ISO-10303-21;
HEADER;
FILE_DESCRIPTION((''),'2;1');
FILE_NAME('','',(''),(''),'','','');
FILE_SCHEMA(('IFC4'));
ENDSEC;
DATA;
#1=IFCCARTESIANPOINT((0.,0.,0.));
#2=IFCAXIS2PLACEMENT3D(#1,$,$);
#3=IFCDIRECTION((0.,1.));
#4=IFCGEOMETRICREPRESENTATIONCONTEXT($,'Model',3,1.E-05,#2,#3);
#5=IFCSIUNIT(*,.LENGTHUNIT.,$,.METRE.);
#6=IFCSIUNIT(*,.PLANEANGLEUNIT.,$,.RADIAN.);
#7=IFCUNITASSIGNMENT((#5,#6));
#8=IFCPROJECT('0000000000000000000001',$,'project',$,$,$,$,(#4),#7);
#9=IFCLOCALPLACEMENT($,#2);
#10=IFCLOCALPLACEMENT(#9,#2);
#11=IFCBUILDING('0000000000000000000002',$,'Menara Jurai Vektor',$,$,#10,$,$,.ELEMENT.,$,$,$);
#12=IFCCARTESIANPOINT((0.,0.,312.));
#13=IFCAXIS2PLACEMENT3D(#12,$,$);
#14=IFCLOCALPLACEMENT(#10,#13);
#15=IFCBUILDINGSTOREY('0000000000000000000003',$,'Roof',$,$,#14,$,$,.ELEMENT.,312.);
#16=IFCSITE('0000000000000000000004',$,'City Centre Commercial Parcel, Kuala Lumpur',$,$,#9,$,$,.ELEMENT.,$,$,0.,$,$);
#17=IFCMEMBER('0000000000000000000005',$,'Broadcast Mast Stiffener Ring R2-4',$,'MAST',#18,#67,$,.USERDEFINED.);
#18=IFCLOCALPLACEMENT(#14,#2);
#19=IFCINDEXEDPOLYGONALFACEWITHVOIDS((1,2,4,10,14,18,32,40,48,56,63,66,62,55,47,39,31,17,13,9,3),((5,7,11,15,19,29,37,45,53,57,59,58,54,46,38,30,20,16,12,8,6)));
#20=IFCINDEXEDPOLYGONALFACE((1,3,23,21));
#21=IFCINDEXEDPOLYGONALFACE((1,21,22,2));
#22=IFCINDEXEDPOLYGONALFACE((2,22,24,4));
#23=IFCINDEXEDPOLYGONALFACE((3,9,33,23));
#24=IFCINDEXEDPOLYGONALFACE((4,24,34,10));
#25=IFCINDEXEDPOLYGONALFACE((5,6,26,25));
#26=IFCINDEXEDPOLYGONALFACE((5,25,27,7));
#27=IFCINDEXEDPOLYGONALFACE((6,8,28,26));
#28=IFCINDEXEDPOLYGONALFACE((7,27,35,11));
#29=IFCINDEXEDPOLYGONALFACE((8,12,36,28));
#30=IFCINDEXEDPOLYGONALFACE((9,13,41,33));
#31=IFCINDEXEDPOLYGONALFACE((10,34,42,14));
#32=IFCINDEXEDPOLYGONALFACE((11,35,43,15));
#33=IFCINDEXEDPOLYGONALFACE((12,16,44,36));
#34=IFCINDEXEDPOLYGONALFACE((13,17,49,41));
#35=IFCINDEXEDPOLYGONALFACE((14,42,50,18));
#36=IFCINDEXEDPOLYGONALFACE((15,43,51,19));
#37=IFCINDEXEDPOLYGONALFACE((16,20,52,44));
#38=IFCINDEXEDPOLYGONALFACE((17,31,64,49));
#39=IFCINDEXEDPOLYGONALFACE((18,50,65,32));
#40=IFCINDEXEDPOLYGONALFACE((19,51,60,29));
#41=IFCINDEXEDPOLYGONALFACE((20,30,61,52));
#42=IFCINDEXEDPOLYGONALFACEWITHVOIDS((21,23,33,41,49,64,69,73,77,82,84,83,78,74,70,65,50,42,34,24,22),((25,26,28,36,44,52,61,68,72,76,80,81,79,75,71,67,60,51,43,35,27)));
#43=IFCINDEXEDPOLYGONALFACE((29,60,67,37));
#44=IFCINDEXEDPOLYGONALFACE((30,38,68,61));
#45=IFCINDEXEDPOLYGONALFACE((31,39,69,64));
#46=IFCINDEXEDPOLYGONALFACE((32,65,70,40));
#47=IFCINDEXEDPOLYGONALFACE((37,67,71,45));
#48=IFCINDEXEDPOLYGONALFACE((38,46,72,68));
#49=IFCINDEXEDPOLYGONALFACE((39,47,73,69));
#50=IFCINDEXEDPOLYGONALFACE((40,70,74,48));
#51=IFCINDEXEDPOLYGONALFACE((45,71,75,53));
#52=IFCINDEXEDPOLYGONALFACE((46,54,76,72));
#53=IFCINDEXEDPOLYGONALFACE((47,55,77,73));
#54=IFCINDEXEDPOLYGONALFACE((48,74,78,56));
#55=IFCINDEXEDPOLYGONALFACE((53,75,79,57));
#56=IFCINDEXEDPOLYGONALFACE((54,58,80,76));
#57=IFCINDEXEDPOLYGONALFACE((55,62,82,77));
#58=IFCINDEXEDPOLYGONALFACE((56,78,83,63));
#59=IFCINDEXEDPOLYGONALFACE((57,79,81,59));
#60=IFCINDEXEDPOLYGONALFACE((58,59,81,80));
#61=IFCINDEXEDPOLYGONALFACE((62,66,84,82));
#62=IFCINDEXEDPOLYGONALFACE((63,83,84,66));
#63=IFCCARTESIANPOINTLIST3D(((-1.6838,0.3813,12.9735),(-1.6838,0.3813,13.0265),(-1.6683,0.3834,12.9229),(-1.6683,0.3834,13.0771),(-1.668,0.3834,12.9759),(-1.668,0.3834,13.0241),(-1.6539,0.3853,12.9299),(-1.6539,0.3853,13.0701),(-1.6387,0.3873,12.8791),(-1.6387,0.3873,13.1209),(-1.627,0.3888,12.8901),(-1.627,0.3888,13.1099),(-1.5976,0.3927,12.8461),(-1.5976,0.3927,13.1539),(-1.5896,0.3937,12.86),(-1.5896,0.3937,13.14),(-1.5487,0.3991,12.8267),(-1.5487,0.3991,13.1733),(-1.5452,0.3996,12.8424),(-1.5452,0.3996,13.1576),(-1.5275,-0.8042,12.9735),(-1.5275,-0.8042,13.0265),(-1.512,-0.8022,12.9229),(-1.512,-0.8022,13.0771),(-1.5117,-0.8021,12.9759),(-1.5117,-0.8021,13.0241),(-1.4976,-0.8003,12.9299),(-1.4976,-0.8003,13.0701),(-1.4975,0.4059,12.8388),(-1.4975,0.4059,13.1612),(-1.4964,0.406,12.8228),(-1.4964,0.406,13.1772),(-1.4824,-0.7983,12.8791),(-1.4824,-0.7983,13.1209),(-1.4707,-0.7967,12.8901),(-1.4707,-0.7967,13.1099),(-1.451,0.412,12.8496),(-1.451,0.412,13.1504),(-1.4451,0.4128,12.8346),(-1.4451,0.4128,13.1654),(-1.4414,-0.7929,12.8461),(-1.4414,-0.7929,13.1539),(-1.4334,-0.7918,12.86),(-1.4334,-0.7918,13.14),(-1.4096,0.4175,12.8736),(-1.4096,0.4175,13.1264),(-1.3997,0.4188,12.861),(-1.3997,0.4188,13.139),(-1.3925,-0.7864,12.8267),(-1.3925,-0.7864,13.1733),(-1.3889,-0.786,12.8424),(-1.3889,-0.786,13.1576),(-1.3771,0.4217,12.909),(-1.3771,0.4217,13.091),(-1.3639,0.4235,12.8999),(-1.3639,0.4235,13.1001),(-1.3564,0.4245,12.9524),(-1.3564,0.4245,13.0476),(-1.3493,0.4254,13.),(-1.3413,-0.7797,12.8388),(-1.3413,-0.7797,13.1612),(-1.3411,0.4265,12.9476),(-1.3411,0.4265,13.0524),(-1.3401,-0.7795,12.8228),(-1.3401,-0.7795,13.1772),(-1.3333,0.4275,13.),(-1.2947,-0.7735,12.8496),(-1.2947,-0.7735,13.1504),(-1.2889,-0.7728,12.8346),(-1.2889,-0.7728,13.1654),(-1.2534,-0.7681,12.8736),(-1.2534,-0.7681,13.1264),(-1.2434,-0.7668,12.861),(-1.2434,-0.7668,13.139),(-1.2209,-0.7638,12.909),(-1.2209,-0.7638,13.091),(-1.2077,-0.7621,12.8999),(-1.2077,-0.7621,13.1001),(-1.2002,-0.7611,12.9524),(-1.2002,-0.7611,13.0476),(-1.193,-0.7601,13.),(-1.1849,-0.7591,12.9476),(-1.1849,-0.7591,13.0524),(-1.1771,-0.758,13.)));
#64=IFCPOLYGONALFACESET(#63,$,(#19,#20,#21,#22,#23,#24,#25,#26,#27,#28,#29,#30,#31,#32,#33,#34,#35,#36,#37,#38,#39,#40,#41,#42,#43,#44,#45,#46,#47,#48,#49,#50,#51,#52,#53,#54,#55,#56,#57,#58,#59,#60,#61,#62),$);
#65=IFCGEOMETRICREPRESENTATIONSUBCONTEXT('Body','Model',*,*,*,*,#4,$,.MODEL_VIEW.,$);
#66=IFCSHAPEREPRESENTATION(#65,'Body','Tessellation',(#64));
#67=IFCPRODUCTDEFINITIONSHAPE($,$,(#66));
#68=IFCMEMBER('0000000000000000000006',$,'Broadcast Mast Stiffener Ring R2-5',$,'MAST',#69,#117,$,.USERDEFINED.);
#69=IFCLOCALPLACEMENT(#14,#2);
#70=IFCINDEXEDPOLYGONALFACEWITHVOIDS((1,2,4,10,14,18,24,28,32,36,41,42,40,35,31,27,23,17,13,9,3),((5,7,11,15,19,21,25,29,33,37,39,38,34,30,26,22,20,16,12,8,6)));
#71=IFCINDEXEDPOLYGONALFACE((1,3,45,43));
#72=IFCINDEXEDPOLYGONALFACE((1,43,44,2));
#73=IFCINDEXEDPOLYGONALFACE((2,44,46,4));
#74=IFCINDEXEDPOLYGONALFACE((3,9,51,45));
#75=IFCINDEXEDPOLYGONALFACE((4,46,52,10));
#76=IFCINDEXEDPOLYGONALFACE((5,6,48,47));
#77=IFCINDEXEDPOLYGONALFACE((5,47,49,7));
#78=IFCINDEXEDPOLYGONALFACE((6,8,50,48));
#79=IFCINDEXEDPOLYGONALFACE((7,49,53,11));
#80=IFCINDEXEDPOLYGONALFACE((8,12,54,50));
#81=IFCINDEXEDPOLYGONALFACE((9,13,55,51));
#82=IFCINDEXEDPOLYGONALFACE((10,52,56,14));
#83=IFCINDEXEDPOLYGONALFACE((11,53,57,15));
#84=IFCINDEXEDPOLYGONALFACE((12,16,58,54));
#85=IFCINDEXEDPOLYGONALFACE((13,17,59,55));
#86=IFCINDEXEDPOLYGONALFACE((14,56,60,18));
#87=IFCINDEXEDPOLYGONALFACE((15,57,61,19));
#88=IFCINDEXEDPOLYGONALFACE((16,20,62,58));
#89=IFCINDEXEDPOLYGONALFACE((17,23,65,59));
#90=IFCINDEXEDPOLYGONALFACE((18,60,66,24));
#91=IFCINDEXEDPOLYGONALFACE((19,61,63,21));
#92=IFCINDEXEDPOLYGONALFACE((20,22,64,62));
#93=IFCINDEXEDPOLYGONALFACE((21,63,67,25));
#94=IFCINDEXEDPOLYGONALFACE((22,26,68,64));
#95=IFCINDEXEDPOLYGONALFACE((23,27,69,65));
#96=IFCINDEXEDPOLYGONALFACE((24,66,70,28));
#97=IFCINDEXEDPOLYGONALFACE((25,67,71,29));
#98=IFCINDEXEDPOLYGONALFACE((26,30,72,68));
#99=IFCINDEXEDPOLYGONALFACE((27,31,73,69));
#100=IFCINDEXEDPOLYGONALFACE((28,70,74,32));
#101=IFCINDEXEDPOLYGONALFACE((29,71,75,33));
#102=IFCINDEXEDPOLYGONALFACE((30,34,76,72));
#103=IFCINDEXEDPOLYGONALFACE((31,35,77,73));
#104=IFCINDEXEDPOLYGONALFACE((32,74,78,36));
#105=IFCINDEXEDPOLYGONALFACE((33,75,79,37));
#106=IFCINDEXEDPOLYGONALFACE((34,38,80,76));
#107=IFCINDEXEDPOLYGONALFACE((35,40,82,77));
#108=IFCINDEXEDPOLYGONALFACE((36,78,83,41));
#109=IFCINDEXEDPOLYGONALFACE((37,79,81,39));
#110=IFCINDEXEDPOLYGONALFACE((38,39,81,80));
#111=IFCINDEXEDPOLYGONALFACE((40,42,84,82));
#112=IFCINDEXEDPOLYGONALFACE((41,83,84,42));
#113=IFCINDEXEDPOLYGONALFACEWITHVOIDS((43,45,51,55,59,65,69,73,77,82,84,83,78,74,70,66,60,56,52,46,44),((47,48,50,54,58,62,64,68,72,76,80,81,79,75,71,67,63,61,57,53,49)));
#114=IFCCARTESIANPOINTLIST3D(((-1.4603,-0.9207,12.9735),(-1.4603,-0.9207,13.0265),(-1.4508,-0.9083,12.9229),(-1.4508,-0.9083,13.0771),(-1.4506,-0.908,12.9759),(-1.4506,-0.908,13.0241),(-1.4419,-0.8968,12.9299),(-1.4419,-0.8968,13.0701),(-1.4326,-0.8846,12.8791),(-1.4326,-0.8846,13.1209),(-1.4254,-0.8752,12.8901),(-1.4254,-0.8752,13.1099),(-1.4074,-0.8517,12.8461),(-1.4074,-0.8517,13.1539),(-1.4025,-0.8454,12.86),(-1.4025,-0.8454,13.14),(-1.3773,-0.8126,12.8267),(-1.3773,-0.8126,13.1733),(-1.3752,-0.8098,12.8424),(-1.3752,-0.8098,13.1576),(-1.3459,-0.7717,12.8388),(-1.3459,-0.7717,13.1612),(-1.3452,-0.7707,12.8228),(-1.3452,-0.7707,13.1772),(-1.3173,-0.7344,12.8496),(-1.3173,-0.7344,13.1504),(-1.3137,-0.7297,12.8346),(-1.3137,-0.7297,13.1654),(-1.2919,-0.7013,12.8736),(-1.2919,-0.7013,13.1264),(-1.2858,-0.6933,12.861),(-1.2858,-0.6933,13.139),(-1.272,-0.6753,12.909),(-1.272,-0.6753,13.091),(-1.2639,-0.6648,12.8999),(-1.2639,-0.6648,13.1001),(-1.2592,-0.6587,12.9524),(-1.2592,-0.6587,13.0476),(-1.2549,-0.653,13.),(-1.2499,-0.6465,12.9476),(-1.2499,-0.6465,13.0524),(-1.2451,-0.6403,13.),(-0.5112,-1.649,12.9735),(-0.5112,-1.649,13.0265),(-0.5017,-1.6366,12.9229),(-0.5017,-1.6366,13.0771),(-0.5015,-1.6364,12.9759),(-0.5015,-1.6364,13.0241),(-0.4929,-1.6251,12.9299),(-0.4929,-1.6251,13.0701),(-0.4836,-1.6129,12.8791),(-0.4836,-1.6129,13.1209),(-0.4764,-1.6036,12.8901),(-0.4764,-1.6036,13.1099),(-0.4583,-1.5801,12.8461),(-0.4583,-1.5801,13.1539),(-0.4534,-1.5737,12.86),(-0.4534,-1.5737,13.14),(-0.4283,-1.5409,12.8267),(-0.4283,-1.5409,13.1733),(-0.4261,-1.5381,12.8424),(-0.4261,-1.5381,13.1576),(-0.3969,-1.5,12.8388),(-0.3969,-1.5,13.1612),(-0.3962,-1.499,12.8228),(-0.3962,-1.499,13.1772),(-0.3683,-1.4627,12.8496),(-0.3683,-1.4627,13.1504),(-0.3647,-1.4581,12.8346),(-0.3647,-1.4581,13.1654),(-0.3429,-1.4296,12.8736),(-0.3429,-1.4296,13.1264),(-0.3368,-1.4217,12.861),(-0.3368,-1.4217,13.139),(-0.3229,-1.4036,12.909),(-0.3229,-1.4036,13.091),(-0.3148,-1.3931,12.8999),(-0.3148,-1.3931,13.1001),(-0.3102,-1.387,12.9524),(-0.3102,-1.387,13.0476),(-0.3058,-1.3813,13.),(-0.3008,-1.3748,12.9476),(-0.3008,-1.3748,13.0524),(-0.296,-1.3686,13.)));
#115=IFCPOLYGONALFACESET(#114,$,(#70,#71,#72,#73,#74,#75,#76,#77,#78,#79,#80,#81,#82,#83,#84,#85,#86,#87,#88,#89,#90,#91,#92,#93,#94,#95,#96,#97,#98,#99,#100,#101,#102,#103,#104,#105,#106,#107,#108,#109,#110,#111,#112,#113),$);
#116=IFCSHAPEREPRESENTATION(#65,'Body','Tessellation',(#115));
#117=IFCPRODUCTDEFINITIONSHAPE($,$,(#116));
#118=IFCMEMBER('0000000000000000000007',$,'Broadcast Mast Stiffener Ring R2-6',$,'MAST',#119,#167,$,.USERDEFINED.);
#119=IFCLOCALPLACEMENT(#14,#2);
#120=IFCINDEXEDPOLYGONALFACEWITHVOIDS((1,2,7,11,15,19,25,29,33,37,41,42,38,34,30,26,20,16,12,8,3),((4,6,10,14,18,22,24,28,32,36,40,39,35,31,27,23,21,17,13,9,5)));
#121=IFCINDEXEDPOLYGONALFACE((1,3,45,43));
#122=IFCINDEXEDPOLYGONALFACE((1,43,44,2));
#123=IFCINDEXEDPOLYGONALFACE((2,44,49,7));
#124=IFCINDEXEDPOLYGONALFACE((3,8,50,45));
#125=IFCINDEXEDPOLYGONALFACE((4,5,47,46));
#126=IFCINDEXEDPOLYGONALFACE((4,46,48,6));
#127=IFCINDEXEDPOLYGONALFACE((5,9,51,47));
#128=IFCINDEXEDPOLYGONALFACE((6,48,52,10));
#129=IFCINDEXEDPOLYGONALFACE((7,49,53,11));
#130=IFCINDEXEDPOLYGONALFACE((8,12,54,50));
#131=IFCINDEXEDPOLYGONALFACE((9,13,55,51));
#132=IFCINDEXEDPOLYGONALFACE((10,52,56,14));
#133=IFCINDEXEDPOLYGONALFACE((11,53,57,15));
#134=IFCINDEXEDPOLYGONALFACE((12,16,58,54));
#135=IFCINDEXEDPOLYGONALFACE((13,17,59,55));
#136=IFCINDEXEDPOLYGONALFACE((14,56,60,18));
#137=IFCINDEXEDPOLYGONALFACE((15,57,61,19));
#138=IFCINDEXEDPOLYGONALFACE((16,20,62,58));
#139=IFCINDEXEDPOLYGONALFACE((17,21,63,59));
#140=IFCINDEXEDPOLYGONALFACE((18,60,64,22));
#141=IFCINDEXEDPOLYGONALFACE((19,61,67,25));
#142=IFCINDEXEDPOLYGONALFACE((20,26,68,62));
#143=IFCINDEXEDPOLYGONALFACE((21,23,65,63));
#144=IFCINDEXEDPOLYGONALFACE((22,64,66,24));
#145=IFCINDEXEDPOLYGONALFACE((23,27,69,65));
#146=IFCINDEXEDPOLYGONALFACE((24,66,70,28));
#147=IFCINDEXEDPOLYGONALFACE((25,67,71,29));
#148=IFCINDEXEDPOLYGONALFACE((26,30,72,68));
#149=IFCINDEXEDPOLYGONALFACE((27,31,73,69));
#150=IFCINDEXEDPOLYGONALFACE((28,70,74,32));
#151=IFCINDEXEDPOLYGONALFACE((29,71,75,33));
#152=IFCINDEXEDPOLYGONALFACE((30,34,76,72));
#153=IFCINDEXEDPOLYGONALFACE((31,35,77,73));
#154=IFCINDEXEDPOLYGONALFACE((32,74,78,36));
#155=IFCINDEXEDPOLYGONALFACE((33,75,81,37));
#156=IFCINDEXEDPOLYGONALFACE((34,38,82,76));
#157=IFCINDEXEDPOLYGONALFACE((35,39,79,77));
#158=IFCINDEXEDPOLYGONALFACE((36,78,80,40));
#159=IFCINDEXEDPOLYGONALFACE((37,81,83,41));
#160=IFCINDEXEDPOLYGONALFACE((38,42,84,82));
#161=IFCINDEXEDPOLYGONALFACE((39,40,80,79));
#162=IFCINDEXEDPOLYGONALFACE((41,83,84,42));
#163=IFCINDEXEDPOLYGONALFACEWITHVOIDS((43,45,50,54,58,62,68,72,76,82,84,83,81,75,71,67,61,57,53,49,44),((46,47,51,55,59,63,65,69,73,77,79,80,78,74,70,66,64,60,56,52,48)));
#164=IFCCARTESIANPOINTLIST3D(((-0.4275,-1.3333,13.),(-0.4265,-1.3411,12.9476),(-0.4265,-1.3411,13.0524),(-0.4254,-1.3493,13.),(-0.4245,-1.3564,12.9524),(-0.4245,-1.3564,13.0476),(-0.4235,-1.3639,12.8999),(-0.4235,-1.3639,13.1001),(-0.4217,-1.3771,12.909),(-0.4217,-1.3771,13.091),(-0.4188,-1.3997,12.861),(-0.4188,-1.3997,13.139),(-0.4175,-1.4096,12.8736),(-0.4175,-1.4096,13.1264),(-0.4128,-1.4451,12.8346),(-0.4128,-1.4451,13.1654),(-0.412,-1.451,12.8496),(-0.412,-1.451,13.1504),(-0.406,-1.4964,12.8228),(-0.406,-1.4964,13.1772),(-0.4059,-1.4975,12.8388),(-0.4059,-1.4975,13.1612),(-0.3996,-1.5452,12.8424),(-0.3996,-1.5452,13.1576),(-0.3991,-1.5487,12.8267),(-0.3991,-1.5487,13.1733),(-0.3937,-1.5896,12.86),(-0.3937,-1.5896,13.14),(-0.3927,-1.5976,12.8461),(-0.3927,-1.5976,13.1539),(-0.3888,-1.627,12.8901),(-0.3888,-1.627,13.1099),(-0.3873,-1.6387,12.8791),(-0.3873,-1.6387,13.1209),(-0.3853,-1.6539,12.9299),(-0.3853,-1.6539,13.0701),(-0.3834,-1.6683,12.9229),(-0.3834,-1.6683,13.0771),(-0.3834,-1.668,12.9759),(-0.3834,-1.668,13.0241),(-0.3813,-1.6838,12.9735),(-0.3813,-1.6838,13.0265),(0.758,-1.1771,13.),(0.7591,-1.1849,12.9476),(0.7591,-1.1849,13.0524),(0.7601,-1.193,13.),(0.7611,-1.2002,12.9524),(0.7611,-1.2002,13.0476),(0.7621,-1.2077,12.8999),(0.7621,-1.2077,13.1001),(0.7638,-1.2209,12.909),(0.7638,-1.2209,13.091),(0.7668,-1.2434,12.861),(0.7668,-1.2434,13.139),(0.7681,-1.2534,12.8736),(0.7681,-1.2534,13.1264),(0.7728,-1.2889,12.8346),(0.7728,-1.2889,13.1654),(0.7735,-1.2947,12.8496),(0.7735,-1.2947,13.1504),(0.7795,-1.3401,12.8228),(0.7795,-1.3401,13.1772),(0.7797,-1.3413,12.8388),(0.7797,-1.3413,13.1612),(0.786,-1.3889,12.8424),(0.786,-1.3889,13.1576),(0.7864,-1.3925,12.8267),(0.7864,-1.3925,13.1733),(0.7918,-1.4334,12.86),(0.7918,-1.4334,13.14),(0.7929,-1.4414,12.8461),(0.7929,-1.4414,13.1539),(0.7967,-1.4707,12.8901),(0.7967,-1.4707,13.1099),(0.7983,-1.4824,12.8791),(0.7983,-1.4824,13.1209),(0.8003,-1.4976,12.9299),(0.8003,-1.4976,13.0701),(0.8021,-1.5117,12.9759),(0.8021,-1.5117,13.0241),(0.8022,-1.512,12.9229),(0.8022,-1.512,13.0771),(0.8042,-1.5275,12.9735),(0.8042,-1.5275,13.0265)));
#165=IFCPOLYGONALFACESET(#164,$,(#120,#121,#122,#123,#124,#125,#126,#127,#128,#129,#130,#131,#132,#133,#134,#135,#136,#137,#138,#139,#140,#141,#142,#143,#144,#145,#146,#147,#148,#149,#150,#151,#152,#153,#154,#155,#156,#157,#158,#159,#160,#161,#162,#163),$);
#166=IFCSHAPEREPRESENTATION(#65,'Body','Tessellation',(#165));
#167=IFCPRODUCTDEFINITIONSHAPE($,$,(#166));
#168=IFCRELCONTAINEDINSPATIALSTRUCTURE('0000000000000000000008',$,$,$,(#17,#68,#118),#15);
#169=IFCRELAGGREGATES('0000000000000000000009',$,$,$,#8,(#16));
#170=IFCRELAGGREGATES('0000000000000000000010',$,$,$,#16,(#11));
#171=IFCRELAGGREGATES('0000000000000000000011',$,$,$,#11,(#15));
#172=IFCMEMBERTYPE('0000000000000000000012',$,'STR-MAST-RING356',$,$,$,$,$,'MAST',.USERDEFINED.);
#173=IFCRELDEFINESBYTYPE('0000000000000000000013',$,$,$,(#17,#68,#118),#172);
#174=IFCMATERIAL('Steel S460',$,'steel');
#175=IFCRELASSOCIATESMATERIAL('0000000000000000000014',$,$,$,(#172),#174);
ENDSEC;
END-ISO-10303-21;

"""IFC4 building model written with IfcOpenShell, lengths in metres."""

from ifc_helpers import new_model, si_unit, direction, frame, origin, origin_2d, place, context, subcontext, project, spatial, hollow_circle, extrude, material, material_profile, profile_set, type_object, element, save


model = new_model("IFC4")

# Units and contexts
model_context = context("Model", 3, precision=1e-05, world=origin(), true_north=direction((0.0, 1.0)))
body_context = subcontext(model_context, "Body", "Model", "MODEL_VIEW")
ifc_project = project(units=[si_unit("LENGTHUNIT", "METRE"), si_unit("PLANEANGLEUNIT", "RADIAN")], contexts=[model_context])

# Site, building, storey
site_placement = place(None, origin())
site = spatial("IfcSite", under=ifc_project, at=site_placement, Name="City Centre Commercial Parcel, Kuala Lumpur", CompositionType="ELEMENT", RefElevation=0.0)
building_placement = place(site_placement, origin())
building = spatial("IfcBuilding", under=site, at=building_placement, Name="Menara Jurai Vektor", CompositionType="ELEMENT")
storey_placement = place(building_placement, frame((0.0, 0.0, 312.0)))
storey = spatial("IfcBuildingStorey", under=building, at=storey_placement, Name="Roof", CompositionType="ELEMENT", Elevation=312.0)

# Members
ifc_material = material(Name="Steel S460", Category="steel")
ifc_material_profile_1 = material_profile(ifc_material, hollow_circle(Radius=0.1777, WallThickness=0.0161, at=origin_2d()), Name="CHS 355.6x16")
ifc_profile_set_1 = profile_set([ifc_material_profile_1], Name="Steel S460")
member_type_1 = type_object("IfcMemberType", Name="STR-MAST-RING356", ElementType="MAST", PredefinedType="USERDEFINED", material=ifc_profile_set_1)
member_1_placement = place(storey_placement, frame((-1.5095, 0.4043, 13.0), z_axis=(0.130666, -0.991426, 0.0), x_axis=(0.991426, 0.130666, 0.0)))
element("IfcMember", 1, at=member_1_placement, inside=storey, type_object=member_type_1, Name="Broadcast Mast Stiffener Ring R2-4", ObjectType="MAST", PredefinedType="USERDEFINED", context=body_context, shape_type="SweptSolid", body=[
    extrude(hollow_circle(Radius=0.1777, WallThickness=0.0161, at=origin_2d()), origin(), (0.0, 0.0, 1.0), 1.1958),
])
member_2_placement = place(storey_placement, frame((-1.3533, -0.7812, 13.0), z_axis=(0.793314, -0.608813, 0.0), x_axis=(0.608813, 0.793314, 0.0)))
element("IfcMember", 2, at=member_2_placement, inside=storey, type_object=member_type_1, Name="Broadcast Mast Stiffener Ring R2-5", ObjectType="MAST", PredefinedType="USERDEFINED", context=body_context, shape_type="SweptSolid", body=[
    extrude(hollow_circle(Radius=0.1777, WallThickness=0.0161, at=origin_2d()), origin(), (0.0, 0.0, 1.0), 1.1963),
])
member_3_placement = place(storey_placement, frame((-0.4043, -1.5095, 13.0), z_axis=(0.991426, 0.130666, 0.0), x_axis=(-0.130666, 0.991426, 0.0)))
element("IfcMember", 3, at=member_3_placement, inside=storey, type_object=member_type_1, Name="Broadcast Mast Stiffener Ring R2-6", ObjectType="MAST", PredefinedType="USERDEFINED", context=body_context, shape_type="SweptSolid", body=[
    extrude(hollow_circle(Radius=0.1777, WallThickness=0.0161, at=origin_2d()), origin(), (0.0, 0.0, 1.0), 1.1958),
])

save(model, "model.ifc")
